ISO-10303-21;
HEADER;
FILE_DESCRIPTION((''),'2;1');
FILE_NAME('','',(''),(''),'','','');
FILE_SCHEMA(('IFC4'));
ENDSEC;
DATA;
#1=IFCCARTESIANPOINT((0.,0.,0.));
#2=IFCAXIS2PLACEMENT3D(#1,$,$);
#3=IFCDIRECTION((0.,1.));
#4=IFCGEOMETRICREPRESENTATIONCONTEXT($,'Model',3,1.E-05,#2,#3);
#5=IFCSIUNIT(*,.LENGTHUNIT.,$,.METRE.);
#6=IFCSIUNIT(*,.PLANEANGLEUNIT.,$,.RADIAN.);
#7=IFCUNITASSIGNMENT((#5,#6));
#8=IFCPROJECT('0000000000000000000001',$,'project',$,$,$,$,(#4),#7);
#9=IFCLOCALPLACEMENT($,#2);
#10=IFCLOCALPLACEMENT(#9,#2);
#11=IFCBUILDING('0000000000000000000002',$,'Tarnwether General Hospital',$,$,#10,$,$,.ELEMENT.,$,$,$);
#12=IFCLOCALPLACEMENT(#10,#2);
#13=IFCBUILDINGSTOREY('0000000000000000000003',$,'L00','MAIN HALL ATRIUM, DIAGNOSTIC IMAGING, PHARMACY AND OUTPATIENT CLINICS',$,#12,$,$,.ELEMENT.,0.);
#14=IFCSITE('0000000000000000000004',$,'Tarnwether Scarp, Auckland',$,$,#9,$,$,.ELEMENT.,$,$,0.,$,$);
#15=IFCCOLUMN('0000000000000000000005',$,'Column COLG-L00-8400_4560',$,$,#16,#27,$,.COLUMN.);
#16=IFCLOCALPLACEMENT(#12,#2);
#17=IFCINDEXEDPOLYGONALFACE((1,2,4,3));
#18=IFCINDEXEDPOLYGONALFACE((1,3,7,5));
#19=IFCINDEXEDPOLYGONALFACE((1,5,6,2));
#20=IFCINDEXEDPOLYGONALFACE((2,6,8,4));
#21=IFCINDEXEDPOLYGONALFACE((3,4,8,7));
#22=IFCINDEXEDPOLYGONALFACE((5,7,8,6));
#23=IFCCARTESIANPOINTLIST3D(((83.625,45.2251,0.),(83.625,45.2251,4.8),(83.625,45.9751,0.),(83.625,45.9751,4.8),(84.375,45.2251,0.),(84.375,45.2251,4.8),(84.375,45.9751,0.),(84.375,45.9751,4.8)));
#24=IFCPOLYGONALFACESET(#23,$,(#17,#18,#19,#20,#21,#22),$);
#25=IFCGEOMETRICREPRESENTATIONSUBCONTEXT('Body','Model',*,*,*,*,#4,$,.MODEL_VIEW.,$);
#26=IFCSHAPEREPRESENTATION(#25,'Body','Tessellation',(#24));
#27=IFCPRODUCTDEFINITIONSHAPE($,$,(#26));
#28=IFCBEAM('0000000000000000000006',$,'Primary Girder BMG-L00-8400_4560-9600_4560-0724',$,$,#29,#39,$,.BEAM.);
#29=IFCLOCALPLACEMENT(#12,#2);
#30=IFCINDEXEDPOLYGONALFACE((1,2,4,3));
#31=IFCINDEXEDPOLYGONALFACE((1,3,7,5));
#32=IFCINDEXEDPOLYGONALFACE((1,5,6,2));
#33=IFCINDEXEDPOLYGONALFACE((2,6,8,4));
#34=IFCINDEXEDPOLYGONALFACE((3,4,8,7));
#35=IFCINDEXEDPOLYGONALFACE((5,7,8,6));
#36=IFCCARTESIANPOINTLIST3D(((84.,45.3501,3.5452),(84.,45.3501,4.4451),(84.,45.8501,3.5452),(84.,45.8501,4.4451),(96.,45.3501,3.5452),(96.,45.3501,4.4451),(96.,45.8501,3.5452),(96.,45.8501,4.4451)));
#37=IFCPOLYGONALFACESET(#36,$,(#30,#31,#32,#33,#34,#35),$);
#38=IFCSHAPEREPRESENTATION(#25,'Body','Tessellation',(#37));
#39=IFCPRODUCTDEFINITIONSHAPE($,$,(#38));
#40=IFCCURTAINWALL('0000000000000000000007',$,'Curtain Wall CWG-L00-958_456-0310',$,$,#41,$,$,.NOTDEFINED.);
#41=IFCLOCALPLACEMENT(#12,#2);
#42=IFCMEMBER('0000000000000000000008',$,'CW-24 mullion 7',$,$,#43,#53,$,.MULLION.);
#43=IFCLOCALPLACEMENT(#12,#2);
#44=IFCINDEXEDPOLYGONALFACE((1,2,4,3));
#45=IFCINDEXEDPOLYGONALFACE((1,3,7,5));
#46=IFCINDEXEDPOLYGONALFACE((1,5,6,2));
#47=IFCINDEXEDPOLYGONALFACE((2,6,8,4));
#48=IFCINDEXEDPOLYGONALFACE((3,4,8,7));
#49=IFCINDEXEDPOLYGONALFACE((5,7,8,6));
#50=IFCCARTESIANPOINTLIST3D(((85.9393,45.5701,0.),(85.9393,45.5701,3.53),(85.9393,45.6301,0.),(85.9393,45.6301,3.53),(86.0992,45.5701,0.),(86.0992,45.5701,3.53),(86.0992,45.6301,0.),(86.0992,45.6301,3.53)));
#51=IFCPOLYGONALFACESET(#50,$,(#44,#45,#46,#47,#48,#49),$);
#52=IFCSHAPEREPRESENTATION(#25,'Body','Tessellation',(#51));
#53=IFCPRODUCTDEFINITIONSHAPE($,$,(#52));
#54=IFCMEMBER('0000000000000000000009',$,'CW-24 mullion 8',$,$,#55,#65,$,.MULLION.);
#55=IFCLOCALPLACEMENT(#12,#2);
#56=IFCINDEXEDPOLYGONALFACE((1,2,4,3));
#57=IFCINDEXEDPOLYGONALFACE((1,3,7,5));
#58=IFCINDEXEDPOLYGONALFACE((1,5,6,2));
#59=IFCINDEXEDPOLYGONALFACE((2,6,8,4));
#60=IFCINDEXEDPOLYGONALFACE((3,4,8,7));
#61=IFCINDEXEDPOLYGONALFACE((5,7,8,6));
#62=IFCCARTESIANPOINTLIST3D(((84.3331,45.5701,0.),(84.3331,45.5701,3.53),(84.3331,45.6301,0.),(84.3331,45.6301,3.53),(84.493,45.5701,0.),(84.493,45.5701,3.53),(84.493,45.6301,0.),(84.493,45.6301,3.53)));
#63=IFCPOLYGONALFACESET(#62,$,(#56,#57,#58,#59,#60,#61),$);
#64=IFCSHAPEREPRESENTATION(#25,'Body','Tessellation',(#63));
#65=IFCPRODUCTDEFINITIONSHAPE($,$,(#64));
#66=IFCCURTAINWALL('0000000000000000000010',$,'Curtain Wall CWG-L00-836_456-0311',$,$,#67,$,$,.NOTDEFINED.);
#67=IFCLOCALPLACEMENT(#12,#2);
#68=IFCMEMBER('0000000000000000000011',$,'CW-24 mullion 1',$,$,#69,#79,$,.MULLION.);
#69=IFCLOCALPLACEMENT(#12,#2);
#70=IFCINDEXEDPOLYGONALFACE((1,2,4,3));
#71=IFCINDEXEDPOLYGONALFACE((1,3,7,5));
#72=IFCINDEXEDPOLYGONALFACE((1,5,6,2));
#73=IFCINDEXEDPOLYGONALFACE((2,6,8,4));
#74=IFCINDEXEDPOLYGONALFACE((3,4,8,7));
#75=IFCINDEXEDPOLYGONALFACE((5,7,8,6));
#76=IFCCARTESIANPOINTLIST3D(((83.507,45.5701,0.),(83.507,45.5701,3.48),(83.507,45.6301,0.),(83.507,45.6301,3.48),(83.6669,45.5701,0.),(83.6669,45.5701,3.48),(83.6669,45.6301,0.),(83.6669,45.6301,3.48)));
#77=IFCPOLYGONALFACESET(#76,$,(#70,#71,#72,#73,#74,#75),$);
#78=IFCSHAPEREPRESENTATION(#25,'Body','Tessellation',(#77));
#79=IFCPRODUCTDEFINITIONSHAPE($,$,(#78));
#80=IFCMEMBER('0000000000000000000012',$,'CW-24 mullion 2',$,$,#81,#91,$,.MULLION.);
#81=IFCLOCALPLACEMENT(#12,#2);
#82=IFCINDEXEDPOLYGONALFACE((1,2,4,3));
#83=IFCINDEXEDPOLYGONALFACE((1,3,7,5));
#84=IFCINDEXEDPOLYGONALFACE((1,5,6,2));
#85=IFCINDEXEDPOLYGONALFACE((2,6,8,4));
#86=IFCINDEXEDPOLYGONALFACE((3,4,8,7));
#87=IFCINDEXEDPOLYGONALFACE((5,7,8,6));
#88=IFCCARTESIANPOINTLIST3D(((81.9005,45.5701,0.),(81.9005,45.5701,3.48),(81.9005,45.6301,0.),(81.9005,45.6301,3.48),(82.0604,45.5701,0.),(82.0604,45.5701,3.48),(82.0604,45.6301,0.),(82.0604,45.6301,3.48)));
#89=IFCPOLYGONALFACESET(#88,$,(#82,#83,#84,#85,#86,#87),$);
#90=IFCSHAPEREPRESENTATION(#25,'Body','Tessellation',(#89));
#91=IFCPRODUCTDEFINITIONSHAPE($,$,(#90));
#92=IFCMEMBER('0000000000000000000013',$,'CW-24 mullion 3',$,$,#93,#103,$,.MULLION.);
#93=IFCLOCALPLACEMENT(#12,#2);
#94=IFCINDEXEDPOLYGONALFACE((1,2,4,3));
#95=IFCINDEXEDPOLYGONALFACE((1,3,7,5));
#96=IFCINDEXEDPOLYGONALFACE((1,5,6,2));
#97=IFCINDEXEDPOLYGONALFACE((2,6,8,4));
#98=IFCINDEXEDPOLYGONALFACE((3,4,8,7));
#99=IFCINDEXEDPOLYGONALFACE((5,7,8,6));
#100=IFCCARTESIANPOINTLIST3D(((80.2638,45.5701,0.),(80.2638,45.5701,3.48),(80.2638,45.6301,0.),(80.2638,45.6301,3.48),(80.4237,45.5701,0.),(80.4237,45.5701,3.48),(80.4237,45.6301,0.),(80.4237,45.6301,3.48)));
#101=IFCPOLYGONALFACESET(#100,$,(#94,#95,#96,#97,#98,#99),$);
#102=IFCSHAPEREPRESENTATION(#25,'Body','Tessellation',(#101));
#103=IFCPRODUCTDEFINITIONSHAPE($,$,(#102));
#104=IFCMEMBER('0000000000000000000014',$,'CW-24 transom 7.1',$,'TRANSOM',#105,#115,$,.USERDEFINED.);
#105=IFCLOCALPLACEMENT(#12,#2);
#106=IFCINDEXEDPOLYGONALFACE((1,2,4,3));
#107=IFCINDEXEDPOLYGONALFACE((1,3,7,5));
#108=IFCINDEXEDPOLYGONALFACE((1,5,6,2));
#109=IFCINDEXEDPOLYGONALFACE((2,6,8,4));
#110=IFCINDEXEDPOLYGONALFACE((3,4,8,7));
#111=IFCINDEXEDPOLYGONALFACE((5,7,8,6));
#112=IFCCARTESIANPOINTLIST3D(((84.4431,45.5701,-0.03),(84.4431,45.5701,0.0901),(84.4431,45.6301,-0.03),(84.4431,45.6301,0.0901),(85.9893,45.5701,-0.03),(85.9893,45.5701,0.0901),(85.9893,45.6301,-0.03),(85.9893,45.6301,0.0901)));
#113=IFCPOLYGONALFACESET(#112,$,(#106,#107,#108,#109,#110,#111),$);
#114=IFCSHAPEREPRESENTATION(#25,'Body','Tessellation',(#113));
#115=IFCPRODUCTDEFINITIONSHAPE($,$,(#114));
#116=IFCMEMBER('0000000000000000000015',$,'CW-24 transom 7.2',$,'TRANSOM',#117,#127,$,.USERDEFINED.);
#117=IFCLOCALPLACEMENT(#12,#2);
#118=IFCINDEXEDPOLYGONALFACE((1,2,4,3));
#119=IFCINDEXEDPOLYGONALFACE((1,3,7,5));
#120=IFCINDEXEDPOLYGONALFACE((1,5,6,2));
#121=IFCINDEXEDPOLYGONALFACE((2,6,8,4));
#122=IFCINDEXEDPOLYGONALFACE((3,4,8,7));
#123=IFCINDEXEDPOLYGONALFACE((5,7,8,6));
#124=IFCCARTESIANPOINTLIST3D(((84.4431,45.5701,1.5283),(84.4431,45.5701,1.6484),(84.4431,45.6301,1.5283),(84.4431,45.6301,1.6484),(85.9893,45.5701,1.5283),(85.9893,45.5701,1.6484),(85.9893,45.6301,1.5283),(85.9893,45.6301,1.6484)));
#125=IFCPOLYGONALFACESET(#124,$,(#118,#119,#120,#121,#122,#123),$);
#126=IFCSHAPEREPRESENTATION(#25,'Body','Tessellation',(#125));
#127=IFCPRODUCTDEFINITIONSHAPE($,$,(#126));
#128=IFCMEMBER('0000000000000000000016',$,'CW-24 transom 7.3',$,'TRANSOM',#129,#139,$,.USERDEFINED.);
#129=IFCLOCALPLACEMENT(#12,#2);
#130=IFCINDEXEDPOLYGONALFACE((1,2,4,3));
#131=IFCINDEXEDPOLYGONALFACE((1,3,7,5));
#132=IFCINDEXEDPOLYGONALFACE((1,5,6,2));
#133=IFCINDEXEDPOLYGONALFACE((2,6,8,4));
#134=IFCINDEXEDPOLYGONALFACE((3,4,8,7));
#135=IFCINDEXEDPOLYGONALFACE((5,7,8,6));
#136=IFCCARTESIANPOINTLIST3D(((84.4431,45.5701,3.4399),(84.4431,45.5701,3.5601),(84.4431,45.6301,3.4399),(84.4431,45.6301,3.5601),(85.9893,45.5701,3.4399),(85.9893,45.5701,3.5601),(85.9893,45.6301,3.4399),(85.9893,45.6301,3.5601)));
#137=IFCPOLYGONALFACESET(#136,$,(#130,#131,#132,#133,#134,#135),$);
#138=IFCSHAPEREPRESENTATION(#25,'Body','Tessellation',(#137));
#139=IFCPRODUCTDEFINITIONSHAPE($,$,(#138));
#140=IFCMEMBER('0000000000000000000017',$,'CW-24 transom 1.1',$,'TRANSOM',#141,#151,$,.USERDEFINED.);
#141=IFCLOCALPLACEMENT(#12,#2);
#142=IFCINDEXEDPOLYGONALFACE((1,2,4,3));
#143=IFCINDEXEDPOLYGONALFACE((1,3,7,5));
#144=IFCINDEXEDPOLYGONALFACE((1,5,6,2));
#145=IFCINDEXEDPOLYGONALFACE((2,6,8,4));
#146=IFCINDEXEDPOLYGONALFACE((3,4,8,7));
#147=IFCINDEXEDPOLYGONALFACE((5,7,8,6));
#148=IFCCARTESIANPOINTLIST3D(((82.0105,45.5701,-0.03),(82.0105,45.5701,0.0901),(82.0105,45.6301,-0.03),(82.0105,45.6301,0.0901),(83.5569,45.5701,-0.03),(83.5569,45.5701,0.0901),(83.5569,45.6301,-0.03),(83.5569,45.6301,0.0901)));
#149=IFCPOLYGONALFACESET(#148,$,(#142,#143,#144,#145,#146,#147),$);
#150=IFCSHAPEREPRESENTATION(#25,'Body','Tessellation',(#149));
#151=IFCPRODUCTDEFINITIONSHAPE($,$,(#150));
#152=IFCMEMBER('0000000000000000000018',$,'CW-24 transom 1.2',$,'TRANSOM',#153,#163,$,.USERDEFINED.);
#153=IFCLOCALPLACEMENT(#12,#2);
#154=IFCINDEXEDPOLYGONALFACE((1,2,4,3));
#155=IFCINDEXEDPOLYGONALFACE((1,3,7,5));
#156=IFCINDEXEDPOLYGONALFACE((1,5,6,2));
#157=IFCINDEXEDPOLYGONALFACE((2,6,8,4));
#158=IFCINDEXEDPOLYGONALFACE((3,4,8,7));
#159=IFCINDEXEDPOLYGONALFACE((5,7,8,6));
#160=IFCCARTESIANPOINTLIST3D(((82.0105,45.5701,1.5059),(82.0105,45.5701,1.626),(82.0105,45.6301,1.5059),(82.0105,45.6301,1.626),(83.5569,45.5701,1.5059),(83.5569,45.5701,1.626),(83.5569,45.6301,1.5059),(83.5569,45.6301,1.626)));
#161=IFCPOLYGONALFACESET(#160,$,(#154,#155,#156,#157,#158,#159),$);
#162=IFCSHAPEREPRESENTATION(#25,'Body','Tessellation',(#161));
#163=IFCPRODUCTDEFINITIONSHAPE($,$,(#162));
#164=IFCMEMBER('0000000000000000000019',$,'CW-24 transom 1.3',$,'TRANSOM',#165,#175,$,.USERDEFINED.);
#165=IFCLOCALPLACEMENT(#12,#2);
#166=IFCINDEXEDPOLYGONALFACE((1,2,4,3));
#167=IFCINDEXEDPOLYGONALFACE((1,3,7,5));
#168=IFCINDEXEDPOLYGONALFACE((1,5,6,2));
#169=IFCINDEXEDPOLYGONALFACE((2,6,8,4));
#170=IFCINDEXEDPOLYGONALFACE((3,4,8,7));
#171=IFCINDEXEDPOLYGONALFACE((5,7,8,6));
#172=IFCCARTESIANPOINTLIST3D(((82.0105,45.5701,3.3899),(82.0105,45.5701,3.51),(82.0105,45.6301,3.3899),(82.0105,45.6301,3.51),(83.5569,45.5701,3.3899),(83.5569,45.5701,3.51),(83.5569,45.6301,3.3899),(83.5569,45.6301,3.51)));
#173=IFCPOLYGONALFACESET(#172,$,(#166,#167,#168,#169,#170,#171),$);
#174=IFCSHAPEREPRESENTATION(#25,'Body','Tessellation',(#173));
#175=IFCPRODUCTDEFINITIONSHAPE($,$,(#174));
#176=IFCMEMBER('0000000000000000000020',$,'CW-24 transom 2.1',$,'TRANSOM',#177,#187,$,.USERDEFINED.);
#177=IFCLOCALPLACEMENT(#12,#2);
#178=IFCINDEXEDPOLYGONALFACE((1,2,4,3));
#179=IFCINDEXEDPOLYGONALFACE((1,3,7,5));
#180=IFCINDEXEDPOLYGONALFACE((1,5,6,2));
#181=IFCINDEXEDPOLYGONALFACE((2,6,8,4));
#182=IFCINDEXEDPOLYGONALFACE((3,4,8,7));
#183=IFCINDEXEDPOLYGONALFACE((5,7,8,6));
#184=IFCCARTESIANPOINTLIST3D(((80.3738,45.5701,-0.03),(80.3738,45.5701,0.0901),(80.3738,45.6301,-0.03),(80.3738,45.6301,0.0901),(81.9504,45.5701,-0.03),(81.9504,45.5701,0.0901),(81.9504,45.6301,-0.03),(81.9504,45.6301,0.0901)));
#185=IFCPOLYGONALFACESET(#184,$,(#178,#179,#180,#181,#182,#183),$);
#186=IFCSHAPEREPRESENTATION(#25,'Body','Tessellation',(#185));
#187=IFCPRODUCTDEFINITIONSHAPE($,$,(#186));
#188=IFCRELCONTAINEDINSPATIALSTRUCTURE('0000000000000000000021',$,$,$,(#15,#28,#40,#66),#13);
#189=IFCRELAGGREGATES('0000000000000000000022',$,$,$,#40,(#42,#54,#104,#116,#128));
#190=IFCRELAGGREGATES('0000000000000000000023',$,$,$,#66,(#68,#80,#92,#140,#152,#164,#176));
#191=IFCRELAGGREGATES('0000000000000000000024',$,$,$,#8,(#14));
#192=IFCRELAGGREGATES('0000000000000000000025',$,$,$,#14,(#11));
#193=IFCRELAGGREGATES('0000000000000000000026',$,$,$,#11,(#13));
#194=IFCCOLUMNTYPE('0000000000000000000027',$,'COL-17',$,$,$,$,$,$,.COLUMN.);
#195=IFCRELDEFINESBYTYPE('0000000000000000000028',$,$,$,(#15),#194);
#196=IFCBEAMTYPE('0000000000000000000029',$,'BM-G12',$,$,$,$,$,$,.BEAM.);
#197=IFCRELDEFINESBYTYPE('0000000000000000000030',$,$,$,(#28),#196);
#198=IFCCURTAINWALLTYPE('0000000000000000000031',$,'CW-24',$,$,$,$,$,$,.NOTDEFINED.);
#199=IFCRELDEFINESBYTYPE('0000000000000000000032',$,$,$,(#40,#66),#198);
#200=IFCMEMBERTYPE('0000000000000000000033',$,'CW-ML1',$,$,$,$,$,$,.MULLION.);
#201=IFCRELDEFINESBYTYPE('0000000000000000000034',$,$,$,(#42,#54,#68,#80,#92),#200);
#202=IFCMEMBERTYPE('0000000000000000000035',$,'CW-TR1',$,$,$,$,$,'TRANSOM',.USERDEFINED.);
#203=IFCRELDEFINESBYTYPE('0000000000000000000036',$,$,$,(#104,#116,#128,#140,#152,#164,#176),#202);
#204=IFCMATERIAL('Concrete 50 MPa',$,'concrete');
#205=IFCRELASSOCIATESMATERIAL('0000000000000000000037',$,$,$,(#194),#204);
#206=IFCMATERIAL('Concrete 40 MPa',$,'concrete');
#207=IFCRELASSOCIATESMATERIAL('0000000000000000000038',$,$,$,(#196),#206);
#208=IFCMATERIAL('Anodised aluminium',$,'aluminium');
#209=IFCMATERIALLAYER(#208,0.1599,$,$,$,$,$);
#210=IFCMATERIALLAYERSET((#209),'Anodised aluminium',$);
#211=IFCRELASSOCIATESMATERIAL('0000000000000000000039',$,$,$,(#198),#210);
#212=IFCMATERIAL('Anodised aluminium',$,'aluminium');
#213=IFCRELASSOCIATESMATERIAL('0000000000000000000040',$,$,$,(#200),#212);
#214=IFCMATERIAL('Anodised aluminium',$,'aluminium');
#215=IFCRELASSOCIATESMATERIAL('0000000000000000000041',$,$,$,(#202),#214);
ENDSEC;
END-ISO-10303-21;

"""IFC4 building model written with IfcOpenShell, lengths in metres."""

from ifc_helpers import new_model, si_unit, direction, frame, origin, origin_2d, place, context, subcontext, project, spatial, rectangle, extrude, material, layer, layer_set, material_profile, profile_set, type_object, element, aggregate, save


model = new_model("IFC4")

# Units and contexts
model_context = context("Model", 3, precision=1e-05, world=origin(), true_north=direction((0.0, 1.0)))
body_context = subcontext(model_context, "Body", "Model", "MODEL_VIEW")
ifc_project = project(units=[si_unit("LENGTHUNIT", "METRE"), si_unit("PLANEANGLEUNIT", "RADIAN")], contexts=[model_context])

# Site, building, storey
site_placement = place(None, origin())
site = spatial("IfcSite", under=ifc_project, at=site_placement, Name="Tarnwether Scarp, Auckland", CompositionType="ELEMENT", RefElevation=0.0)
building_placement = place(site_placement, origin())
building = spatial("IfcBuilding", under=site, at=building_placement, Name="Tarnwether General Hospital", CompositionType="ELEMENT")
storey_placement = place(building_placement, origin())
storey = spatial("IfcBuildingStorey", under=building, at=storey_placement, Name="L00", Description="MAIN HALL ATRIUM, DIAGNOSTIC IMAGING, PHARMACY AND OUTPATIENT CLINICS", CompositionType="ELEMENT", Elevation=0.0)

# Column
ifc_material_1 = material(Name="Concrete 50 MPa", Category="concrete")
ifc_material_profile_1 = material_profile(ifc_material_1, rectangle(XDim=0.75, YDim=0.75, at=origin_2d()), Name="RC-COL-750x750")
ifc_profile_set_1 = profile_set([ifc_material_profile_1], Name="Concrete 50 MPa")
column_type = type_object("IfcColumnType", Name="COL-17", PredefinedType="COLUMN", material=ifc_profile_set_1)
column_placement = place(storey_placement, frame((84.0, 45.6001, 0.0), z_axis=(0.0, 0.0, 1.0), x_axis=(0.0, 1.0, 0.0)))
element("IfcColumn", 1, at=column_placement, inside=storey, type_object=column_type, Name="Column COLG-L00-8400_4560", PredefinedType="COLUMN", context=body_context, shape_type="SweptSolid", body=[
    extrude(rectangle(XDim=0.75, YDim=0.75, at=origin_2d()), origin(), (0.0, 0.0, 1.0), 4.8),
])

# Beam
ifc_material_2 = material(Name="Concrete 40 MPa", Category="concrete")
ifc_material_profile_2 = material_profile(ifc_material_2, rectangle(XDim=0.5, YDim=0.8999, at=origin_2d()), Name="RC-BM-500x900")
ifc_profile_set_2 = profile_set([ifc_material_profile_2], Name="Concrete 40 MPa")
beam_type = type_object("IfcBeamType", Name="BM-G12", PredefinedType="BEAM", material=ifc_profile_set_2)
beam_placement = place(storey_placement, frame((84.0, 45.6001, 3.9951), z_axis=(1.0, 0.0, 0.0), x_axis=(0.0, 1.0, 0.0)))
element("IfcBeam", 2, at=beam_placement, inside=storey, type_object=beam_type, Name="Primary Girder BMG-L00-8400_4560-9600_4560-0724", PredefinedType="BEAM", context=body_context, shape_type="SweptSolid", body=[
    extrude(rectangle(XDim=0.5, YDim=0.8999, at=origin_2d()), origin(), (0.0, 0.0, 1.0), 12.0),
])

# Curtain walls, members
ifc_material_3 = material(Name="Anodised aluminium", Category="aluminium")
ifc_layer_1 = layer(ifc_material_3, 0.1599)
ifc_layer_set_1 = layer_set([ifc_layer_1], Name="Anodised aluminium")
curtain_wall_type = type_object("IfcCurtainWallType", Name="CW-24", PredefinedType="NOTDEFINED", material=ifc_layer_set_1)
curtain_wall_1_placement = place(storey_placement, origin())
curtain_wall_1 = element("IfcCurtainWall", 3, at=curtain_wall_1_placement, inside=storey, type_object=curtain_wall_type, Name="Curtain Wall CWG-L00-958_456-0310", PredefinedType="NOTDEFINED")
ifc_material_4 = material(Name="Anodised aluminium", Category="aluminium")
ifc_material_profile_3 = material_profile(ifc_material_4, rectangle(XDim=0.0601, YDim=0.1599, at=origin_2d()), Name="ALU-MUL-60x160")
ifc_profile_set_3 = profile_set([ifc_material_profile_3], Name="Anodised aluminium")
member_type_1 = type_object("IfcMemberType", Name="CW-ML1", PredefinedType="MULLION", material=ifc_profile_set_3)
member_1_placement = place(storey_placement, frame((86.0193, 45.6001, 0.0), z_axis=(0.0, 0.0, 1.0), x_axis=(0.0, -1.0, 0.0)))
member_1 = element("IfcMember", 4, at=member_1_placement, type_object=member_type_1, Name="CW-24 mullion 7", PredefinedType="MULLION", context=body_context, shape_type="SweptSolid", body=[
    extrude(rectangle(XDim=0.0601, YDim=0.1599, at=origin_2d()), origin(), (0.0, 0.0, 1.0), 3.53),
])
member_2_placement = place(storey_placement, frame((84.4131, 45.6001, 0.0), z_axis=(0.0, 0.0, 1.0), x_axis=(0.0, -1.0, 0.0)))
member_2 = element("IfcMember", 5, at=member_2_placement, type_object=member_type_1, Name="CW-24 mullion 8", PredefinedType="MULLION", context=body_context, shape_type="SweptSolid", body=[
    extrude(rectangle(XDim=0.0601, YDim=0.1599, at=origin_2d()), origin(), (0.0, 0.0, 1.0), 3.53),
])
curtain_wall_2_placement = place(storey_placement, origin())
curtain_wall_2 = element("IfcCurtainWall", 6, at=curtain_wall_2_placement, inside=storey, type_object=curtain_wall_type, Name="Curtain Wall CWG-L00-836_456-0311", PredefinedType="NOTDEFINED")
member_3_placement = place(storey_placement, frame((83.5869, 45.6001, 0.0), z_axis=(0.0, 0.0, 1.0), x_axis=(0.0, -1.0, 0.0)))
member_3 = element("IfcMember", 7, at=member_3_placement, type_object=member_type_1, Name="CW-24 mullion 1", PredefinedType="MULLION", context=body_context, shape_type="SweptSolid", body=[
    extrude(rectangle(XDim=0.0601, YDim=0.1599, at=origin_2d()), origin(), (0.0, 0.0, 1.0), 3.48),
])
member_4_placement = place(storey_placement, frame((81.9805, 45.6001, 0.0), z_axis=(0.0, 0.0, 1.0), x_axis=(0.0, -1.0, 0.0)))
member_4 = element("IfcMember", 8, at=member_4_placement, type_object=member_type_1, Name="CW-24 mullion 2", PredefinedType="MULLION", context=body_context, shape_type="SweptSolid", body=[
    extrude(rectangle(XDim=0.0601, YDim=0.1599, at=origin_2d()), origin(), (0.0, 0.0, 1.0), 3.48),
])
member_5_placement = place(storey_placement, frame((80.3438, 45.6001, 0.0), z_axis=(0.0, 0.0, 1.0), x_axis=(0.0, -1.0, 0.0)))
member_5 = element("IfcMember", 9, at=member_5_placement, type_object=member_type_1, Name="CW-24 mullion 3", PredefinedType="MULLION", context=body_context, shape_type="SweptSolid", body=[
    extrude(rectangle(XDim=0.0601, YDim=0.1599, at=origin_2d()), origin(), (0.0, 0.0, 1.0), 3.48),
])

# Members
ifc_material_5 = material(Name="Anodised aluminium", Category="aluminium")
ifc_material_profile_4 = material_profile(ifc_material_5, rectangle(XDim=0.0601, YDim=0.1201, at=origin_2d()), Name="ALU-TRN-60x120")
ifc_profile_set_4 = profile_set([ifc_material_profile_4], Name="Anodised aluminium")
member_type_2 = type_object("IfcMemberType", Name="CW-TR1", ElementType="TRANSOM", PredefinedType="USERDEFINED", material=ifc_profile_set_4)
member_6_placement = place(storey_placement, frame((85.9893, 45.6001, 0.03), z_axis=(-1.0, 0.0, 0.0), x_axis=(0.0, -1.0, 0.0)))
member_6 = element("IfcMember", 10, at=member_6_placement, type_object=member_type_2, Name="CW-24 transom 7.1", ObjectType="TRANSOM", PredefinedType="USERDEFINED", context=body_context, shape_type="SweptSolid", body=[
    extrude(rectangle(XDim=0.0601, YDim=0.1201, at=origin_2d()), origin(), (0.0, 0.0, 1.0), 1.5461),
])
member_7_placement = place(storey_placement, frame((85.9893, 45.6001, 1.5884), z_axis=(-1.0, 0.0, 0.0), x_axis=(0.0, -1.0, 0.0)))
member_7 = element("IfcMember", 11, at=member_7_placement, type_object=member_type_2, Name="CW-24 transom 7.2", ObjectType="TRANSOM", PredefinedType="USERDEFINED", context=body_context, shape_type="SweptSolid", body=[
    extrude(rectangle(XDim=0.0601, YDim=0.1201, at=origin_2d()), origin(), (0.0, 0.0, 1.0), 1.5461),
])
member_8_placement = place(storey_placement, frame((85.9893, 45.6001, 3.5), z_axis=(-1.0, 0.0, 0.0), x_axis=(0.0, -1.0, 0.0)))
member_8 = element("IfcMember", 12, at=member_8_placement, type_object=member_type_2, Name="CW-24 transom 7.3", ObjectType="TRANSOM", PredefinedType="USERDEFINED", context=body_context, shape_type="SweptSolid", body=[
    extrude(rectangle(XDim=0.0601, YDim=0.1201, at=origin_2d()), origin(), (0.0, 0.0, 1.0), 1.5461),
])
member_9_placement = place(storey_placement, frame((83.5569, 45.6001, 0.03), z_axis=(-1.0, 0.0, 0.0), x_axis=(0.0, -1.0, 0.0)))
member_9 = element("IfcMember", 13, at=member_9_placement, type_object=member_type_2, Name="CW-24 transom 1.1", ObjectType="TRANSOM", PredefinedType="USERDEFINED", context=body_context, shape_type="SweptSolid", body=[
    extrude(rectangle(XDim=0.0601, YDim=0.1201, at=origin_2d()), origin(), (0.0, 0.0, 1.0), 1.5464),
])
member_10_placement = place(storey_placement, frame((83.5569, 45.6001, 1.5659), z_axis=(-1.0, 0.0, 0.0), x_axis=(0.0, -1.0, 0.0)))
member_10 = element("IfcMember", 14, at=member_10_placement, type_object=member_type_2, Name="CW-24 transom 1.2", ObjectType="TRANSOM", PredefinedType="USERDEFINED", context=body_context, shape_type="SweptSolid", body=[
    extrude(rectangle(XDim=0.0601, YDim=0.1201, at=origin_2d()), origin(), (0.0, 0.0, 1.0), 1.5464),
])
member_11_placement = place(storey_placement, frame((83.5569, 45.6001, 3.45), z_axis=(-1.0, 0.0, 0.0), x_axis=(0.0, -1.0, 0.0)))
member_11 = element("IfcMember", 15, at=member_11_placement, type_object=member_type_2, Name="CW-24 transom 1.3", ObjectType="TRANSOM", PredefinedType="USERDEFINED", context=body_context, shape_type="SweptSolid", body=[
    extrude(rectangle(XDim=0.0601, YDim=0.1201, at=origin_2d()), origin(), (0.0, 0.0, 1.0), 1.5464),
])
member_12_placement = place(storey_placement, frame((81.9504, 45.6001, 0.03), z_axis=(-1.0, 0.0, 0.0), x_axis=(0.0, -1.0, 0.0)))
member_12 = element("IfcMember", 16, at=member_12_placement, type_object=member_type_2, Name="CW-24 transom 2.1", ObjectType="TRANSOM", PredefinedType="USERDEFINED", context=body_context, shape_type="SweptSolid", body=[
    extrude(rectangle(XDim=0.0601, YDim=0.1201, at=origin_2d()), origin(), (0.0, 0.0, 1.0), 1.5767),
])

aggregate(curtain_wall_1, [member_1, member_2, member_6, member_7, member_8])
aggregate(curtain_wall_2, [member_3, member_4, member_5, member_9, member_10, member_11, member_12])

save(model, "model.ifc")
